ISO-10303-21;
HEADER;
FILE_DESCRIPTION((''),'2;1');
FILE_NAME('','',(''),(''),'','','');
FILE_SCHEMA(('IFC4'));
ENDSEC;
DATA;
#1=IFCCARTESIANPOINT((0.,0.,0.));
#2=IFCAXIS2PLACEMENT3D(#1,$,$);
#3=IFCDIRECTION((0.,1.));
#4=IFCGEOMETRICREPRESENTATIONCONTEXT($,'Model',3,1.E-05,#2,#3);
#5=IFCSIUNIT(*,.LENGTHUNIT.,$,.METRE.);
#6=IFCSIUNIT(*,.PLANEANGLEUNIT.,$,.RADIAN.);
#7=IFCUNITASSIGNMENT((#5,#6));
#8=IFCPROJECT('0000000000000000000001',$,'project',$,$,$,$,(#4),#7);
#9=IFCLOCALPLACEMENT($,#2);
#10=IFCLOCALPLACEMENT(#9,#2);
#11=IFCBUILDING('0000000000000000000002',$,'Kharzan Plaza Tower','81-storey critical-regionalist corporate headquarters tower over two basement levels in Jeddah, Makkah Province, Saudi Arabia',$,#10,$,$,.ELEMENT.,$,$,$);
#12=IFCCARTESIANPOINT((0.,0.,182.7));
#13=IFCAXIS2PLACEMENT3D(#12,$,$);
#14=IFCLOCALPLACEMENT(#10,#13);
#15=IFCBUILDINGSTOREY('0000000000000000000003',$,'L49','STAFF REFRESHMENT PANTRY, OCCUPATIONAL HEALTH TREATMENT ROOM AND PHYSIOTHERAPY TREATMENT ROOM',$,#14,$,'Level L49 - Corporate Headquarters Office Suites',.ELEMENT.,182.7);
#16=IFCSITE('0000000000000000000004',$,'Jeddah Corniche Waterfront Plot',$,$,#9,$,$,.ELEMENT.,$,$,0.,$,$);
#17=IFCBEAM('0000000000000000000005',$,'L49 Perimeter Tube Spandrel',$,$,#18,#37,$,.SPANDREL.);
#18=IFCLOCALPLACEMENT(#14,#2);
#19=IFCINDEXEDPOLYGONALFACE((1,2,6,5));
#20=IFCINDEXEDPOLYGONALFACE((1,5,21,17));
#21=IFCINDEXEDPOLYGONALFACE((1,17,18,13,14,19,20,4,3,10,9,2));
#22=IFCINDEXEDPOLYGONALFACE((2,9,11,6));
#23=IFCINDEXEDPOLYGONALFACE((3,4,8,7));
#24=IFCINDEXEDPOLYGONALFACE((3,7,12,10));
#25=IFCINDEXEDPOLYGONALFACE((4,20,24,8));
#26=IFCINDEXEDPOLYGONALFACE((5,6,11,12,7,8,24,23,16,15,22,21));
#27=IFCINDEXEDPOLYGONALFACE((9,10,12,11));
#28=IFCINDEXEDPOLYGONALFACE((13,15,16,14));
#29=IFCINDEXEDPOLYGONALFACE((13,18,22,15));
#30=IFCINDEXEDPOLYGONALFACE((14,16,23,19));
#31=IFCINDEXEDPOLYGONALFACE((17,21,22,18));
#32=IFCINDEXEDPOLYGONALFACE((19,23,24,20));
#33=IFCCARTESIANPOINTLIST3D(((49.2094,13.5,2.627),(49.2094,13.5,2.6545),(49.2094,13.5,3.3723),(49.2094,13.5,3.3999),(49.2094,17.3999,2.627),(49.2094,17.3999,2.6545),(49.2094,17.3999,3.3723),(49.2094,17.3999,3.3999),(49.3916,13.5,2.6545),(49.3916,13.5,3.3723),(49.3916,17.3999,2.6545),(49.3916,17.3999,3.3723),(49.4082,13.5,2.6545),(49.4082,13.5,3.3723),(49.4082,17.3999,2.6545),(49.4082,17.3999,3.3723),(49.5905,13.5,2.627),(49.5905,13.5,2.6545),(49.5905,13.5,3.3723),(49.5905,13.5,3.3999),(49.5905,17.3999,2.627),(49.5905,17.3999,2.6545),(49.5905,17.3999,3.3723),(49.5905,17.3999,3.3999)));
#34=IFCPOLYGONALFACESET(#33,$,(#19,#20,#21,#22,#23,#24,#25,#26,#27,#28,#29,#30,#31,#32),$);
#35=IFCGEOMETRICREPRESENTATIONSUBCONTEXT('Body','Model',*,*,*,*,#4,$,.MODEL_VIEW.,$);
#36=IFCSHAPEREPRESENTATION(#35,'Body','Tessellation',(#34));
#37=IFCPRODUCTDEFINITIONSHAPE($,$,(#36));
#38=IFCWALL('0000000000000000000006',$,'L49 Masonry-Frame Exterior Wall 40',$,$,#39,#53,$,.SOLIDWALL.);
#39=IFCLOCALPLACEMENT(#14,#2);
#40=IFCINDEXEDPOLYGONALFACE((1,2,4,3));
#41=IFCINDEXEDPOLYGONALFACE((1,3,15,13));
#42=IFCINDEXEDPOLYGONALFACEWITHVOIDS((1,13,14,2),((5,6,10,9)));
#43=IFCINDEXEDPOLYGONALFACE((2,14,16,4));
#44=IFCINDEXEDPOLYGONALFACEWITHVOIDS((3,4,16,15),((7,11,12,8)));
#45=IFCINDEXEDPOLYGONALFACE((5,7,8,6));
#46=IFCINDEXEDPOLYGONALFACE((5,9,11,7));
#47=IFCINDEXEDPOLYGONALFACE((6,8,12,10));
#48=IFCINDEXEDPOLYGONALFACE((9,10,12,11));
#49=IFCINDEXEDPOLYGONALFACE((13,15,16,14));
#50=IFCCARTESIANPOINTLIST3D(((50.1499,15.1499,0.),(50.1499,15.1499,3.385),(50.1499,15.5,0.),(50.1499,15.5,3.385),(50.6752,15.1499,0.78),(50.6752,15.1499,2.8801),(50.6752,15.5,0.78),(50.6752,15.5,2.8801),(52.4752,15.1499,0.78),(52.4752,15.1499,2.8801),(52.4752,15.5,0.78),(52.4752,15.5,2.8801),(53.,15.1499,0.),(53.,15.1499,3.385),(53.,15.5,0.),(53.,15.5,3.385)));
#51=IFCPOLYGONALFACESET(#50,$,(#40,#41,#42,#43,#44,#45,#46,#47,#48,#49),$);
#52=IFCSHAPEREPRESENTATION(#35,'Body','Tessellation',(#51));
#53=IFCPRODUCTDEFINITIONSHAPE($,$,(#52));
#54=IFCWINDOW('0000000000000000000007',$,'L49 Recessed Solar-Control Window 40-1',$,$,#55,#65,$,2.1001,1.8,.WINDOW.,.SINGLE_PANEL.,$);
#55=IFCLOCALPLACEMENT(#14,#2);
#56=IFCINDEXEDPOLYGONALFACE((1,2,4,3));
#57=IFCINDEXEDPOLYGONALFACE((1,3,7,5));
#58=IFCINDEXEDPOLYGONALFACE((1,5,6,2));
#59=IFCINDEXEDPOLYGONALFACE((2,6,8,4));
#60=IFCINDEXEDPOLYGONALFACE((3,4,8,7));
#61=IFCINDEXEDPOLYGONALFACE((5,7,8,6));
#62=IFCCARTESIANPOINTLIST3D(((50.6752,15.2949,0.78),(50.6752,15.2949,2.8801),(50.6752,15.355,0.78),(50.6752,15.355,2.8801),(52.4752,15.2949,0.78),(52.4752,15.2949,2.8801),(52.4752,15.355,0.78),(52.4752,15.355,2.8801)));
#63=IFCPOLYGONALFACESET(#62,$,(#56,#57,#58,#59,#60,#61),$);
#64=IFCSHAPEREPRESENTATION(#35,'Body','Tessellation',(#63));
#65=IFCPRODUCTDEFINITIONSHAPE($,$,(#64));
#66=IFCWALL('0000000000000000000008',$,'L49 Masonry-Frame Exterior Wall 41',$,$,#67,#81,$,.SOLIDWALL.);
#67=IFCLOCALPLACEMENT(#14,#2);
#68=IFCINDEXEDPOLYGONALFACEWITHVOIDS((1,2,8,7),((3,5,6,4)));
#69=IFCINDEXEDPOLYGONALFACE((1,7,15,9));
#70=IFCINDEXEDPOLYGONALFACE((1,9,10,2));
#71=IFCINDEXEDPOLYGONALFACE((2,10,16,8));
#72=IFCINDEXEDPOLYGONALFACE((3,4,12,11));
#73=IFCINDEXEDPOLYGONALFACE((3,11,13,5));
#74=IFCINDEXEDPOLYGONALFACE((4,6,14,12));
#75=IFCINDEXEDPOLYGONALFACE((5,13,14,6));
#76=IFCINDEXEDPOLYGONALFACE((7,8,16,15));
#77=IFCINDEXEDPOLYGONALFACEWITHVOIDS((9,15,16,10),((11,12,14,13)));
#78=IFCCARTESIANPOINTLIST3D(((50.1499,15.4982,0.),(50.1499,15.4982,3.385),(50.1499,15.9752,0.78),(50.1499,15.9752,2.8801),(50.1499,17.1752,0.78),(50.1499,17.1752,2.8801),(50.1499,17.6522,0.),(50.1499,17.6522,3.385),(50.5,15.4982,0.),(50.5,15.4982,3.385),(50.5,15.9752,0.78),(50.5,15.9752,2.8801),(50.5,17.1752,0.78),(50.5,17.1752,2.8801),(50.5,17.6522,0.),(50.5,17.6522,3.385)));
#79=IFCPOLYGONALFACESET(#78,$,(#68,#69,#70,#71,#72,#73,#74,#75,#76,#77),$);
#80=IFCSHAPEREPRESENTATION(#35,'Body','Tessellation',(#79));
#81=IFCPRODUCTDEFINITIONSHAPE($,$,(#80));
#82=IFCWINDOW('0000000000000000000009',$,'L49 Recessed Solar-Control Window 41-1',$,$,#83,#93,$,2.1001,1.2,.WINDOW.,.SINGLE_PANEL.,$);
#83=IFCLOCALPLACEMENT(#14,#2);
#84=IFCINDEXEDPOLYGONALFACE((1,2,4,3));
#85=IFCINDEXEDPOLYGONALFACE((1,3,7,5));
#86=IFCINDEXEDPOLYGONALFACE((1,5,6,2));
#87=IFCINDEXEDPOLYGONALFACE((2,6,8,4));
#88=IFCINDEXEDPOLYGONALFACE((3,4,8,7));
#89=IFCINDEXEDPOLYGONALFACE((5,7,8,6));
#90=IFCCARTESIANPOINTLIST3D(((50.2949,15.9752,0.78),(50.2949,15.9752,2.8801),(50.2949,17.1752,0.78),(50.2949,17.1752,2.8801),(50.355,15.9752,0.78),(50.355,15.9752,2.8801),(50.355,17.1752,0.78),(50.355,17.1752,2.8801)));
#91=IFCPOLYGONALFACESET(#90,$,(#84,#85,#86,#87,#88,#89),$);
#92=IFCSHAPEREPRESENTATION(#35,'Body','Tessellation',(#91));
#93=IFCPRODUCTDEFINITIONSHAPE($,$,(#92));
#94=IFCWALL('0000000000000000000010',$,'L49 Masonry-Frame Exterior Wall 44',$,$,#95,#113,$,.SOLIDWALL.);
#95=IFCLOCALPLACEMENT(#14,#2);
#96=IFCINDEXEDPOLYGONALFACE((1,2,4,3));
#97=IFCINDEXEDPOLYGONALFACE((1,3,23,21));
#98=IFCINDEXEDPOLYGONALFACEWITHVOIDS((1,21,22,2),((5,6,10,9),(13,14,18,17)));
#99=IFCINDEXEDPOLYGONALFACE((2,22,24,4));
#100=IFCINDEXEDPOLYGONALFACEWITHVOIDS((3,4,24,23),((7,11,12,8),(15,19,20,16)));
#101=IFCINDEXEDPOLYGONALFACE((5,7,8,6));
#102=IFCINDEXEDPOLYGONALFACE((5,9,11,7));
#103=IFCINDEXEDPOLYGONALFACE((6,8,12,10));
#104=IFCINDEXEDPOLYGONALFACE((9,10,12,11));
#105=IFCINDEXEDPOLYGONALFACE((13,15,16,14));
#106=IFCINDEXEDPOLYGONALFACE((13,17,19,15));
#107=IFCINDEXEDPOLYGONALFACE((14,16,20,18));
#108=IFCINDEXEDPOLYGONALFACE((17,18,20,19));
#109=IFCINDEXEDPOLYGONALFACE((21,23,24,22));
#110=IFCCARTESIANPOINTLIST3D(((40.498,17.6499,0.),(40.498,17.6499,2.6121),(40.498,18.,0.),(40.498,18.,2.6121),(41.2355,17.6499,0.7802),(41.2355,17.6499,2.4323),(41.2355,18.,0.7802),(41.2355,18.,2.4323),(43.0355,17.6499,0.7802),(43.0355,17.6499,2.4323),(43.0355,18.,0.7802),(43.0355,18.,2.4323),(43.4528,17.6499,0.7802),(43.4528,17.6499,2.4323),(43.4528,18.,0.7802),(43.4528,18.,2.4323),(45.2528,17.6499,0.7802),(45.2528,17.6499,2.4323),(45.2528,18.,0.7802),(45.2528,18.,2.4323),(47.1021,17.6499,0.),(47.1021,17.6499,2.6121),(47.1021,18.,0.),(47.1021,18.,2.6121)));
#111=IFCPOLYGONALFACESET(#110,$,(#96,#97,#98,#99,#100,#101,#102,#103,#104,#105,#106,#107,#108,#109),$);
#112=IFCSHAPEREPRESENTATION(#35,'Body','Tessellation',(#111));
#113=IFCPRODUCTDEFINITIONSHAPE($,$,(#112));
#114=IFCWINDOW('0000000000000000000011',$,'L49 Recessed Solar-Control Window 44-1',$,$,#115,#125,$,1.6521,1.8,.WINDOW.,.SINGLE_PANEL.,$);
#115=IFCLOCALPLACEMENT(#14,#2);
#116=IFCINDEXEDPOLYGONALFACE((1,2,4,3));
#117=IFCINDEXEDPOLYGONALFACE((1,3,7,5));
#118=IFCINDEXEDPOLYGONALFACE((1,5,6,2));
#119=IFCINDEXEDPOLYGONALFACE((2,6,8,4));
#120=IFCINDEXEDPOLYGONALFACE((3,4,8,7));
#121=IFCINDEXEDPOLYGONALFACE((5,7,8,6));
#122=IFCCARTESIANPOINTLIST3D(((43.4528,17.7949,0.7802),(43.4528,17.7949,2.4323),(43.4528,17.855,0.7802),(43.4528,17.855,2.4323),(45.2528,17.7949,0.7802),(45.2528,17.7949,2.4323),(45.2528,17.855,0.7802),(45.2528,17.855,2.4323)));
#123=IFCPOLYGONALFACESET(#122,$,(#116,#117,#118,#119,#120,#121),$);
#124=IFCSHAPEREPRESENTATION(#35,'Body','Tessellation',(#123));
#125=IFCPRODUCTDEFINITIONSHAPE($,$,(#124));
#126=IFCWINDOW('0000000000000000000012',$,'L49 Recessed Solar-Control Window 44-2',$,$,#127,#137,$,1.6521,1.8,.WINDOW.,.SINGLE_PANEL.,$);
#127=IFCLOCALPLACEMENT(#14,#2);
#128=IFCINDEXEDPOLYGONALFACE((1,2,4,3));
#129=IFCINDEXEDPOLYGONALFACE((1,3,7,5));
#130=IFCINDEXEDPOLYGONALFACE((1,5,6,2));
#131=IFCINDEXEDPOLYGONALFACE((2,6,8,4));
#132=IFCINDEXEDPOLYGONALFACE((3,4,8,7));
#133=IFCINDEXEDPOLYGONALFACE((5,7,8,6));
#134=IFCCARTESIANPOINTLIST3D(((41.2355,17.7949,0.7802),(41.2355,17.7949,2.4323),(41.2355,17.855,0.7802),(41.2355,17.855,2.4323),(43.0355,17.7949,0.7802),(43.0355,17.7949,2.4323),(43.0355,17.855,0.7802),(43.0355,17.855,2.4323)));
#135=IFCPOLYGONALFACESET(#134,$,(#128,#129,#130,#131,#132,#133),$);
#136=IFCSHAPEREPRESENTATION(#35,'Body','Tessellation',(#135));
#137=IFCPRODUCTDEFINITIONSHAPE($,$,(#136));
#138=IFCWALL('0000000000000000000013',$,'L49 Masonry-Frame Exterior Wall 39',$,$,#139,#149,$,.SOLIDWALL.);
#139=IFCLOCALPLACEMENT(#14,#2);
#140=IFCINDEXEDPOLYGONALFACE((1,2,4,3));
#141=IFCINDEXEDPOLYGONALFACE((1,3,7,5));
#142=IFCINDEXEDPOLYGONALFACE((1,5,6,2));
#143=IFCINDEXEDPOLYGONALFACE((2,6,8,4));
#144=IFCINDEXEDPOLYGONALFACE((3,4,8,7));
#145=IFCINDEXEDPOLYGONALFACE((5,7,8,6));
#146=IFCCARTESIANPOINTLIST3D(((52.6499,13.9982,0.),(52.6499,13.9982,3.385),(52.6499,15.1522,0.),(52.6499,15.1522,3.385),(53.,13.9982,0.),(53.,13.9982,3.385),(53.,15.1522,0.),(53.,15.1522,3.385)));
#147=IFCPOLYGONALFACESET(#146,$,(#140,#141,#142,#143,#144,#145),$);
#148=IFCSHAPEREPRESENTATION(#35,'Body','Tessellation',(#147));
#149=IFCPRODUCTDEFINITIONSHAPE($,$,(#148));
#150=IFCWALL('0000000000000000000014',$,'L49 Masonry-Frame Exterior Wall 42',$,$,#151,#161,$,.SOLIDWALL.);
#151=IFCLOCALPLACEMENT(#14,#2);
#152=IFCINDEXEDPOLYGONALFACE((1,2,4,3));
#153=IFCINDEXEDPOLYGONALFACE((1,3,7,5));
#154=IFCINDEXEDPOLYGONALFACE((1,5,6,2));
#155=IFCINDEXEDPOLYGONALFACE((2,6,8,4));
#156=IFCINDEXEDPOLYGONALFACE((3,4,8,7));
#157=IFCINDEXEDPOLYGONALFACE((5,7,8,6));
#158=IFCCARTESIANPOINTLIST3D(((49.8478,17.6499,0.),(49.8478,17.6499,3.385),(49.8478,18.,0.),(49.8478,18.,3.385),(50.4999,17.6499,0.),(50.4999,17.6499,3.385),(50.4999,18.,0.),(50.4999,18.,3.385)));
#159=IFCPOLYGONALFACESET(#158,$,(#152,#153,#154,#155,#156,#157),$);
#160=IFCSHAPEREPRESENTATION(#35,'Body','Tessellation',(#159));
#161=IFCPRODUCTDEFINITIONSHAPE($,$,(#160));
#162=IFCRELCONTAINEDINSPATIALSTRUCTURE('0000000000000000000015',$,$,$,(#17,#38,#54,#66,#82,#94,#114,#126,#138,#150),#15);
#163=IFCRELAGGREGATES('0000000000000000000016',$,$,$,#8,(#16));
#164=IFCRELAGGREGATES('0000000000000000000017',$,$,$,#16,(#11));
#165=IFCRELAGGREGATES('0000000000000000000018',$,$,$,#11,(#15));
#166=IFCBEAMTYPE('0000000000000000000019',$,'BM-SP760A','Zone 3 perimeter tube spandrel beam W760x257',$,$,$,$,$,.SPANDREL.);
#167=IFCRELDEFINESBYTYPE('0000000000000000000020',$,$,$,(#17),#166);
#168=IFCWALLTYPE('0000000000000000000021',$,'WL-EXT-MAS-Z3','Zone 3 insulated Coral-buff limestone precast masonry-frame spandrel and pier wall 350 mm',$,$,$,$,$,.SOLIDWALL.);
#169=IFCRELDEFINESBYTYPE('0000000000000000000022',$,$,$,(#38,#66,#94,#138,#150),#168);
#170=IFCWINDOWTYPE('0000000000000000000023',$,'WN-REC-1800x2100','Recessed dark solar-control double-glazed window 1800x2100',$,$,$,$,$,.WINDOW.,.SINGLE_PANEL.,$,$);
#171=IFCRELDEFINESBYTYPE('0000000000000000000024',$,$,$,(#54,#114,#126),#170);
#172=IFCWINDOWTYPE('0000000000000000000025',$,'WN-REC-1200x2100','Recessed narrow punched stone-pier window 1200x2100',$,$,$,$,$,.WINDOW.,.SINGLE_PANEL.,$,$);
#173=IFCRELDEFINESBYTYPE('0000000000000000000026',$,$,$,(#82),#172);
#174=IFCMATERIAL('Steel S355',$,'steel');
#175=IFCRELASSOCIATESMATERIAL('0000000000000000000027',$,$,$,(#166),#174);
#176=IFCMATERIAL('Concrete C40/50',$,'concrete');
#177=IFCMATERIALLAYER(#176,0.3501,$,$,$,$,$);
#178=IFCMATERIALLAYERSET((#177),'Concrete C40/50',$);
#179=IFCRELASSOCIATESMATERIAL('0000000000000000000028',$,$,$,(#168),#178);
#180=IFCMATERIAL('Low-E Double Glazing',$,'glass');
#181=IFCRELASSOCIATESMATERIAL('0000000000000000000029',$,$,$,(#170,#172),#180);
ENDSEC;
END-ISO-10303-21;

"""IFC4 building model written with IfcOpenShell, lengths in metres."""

from ifc_helpers import new_model, si_unit, direction, frame, frame_2d, origin, origin_2d, place, context, subcontext, project, spatial, rectangle, i_section, extrude, source, transform, mapped, material, layer, layer_set, material_profile, profile_set, type_object, element, fill, save


model = new_model("IFC4")

# Units and contexts
model_context = context("Model", 3, precision=1e-05, world=origin(), true_north=direction((0.0, 1.0)))
body_context = subcontext(model_context, "Body", "Model", "MODEL_VIEW")
ifc_project = project(units=[si_unit("LENGTHUNIT", "METRE"), si_unit("PLANEANGLEUNIT", "RADIAN")], contexts=[model_context])

# Site, building, storey
site_placement = place(None, origin())
site = spatial("IfcSite", under=ifc_project, at=site_placement, Name="Jeddah Corniche Waterfront Plot", CompositionType="ELEMENT", RefElevation=0.0)
building_placement = place(site_placement, origin())
building = spatial("IfcBuilding", under=site, at=building_placement, Name="Kharzan Plaza Tower", Description="81-storey critical-regionalist corporate headquarters tower over two basement levels in Jeddah, Makkah Province, Saudi Arabia", CompositionType="ELEMENT")
storey_placement = place(building_placement, frame((0.0, 0.0, 182.7)))
storey = spatial("IfcBuildingStorey", under=building, at=storey_placement, Name="L49", Description="STAFF REFRESHMENT PANTRY, OCCUPATIONAL HEALTH TREATMENT ROOM AND PHYSIOTHERAPY TREATMENT ROOM", LongName="Level L49 - Corporate Headquarters Office Suites", CompositionType="ELEMENT", Elevation=182.7)

# Beam
ifc_material_1 = material(Name="Steel S355", Category="steel")
ifc_material_profile_1 = material_profile(ifc_material_1, i_section(OverallWidth=0.3811, OverallDepth=0.7729, WebThickness=0.0166, FlangeThickness=0.0276, at=origin_2d()), Name="W760x257")
ifc_profile_set_1 = profile_set([ifc_material_profile_1], Name="Steel S355")
beam_type_1 = type_object("IfcBeamType", Name="BM-SP760A", Description="Zone 3 perimeter tube spandrel beam W760x257", PredefinedType="SPANDREL", material=ifc_profile_set_1)
shared_shape_1 = source(origin(), body_context, "Body", "SweptSolid", [
    extrude(i_section(OverallWidth=0.3811, OverallDepth=0.7729, WebThickness=0.0166, FlangeThickness=0.0276, at=origin_2d()), origin(), (0.0, 0.0, 1.0), 3.8999),
])
beam_1_placement = place(storey_placement, frame((49.3999, 13.5, 3.0134), z_axis=(0.0, 1.0, 0.0), x_axis=(-1.0, 0.0, 0.0)))
element("IfcBeam", 1, at=beam_1_placement, inside=storey, type_object=beam_type_1, Name="L49 Perimeter Tube Spandrel", PredefinedType="SPANDREL", context=body_context, shape_type="MappedRepresentation", body=[
    mapped(shared_shape_1, transform((0.0, 0.0, 0.0), x_axis=(1.0, 0.0, 0.0), y_axis=(0.0, 1.0, 0.0), z_axis=(0.0, 0.0, 1.0))),
])

# Walls, openings, windows
ifc_material_2 = material(Name="Concrete C40/50", Category="concrete")
ifc_layer_1 = layer(ifc_material_2, 0.3501)
ifc_layer_set_1 = layer_set([ifc_layer_1], Name="Concrete C40/50")
wall_type_1 = type_object("IfcWallType", Name="WL-EXT-MAS-Z3", Description="Zone 3 insulated Coral-buff limestone precast masonry-frame spandrel and pier wall 350 mm", PredefinedType="SOLIDWALL", material=ifc_layer_set_1)
wall_1_placement = place(storey_placement, frame((53.0, 15.325, 0.0), z_axis=(0.0, 0.0, 1.0), x_axis=(-1.0, 0.0, 0.0)))
wall_1 = element("IfcWall", 2, at=wall_1_placement, inside=storey, type_object=wall_type_1, Name="L49 Masonry-Frame Exterior Wall 40", PredefinedType="SOLIDWALL", context=body_context, shape_type="SweptSolid", body=[
    extrude(rectangle(XDim=2.8501, YDim=0.3501, at=frame_2d((1.425, 0.0))), origin(), (0.0, 0.0, 1.0), 3.385),
])
opening_1_placement = place(wall_1_placement, frame((0.5249, 0.0, 0.78)))
opening_1 = element("IfcOpeningElement", 3, at=opening_1_placement, cuts=wall_1, PredefinedType="OPENING", context=body_context, shape_type="SweptSolid", body=[
    extrude(rectangle(XDim=1.8, YDim=2.1001, at=frame_2d((0.8999, 1.05))), frame((0.0, 0.1851, 0.0), z_axis=(0.0, -1.0, 0.0), x_axis=(1.0, 0.0, 0.0)), (0.0, 0.0, 1.0), 0.3701),
])
ifc_material_3 = material(Name="Low-E Double Glazing", Category="glass")
window_type_1 = type_object("IfcWindowType", Name="WN-REC-1800x2100", Description="Recessed dark solar-control double-glazed window 1800x2100", PartitioningType="SINGLE_PANEL", PredefinedType="WINDOW", material=ifc_material_3)
shared_shape_2 = source(origin(), body_context, "Body", "SweptSolid", [
    extrude(rectangle(XDim=1.8, YDim=2.1001, at=frame_2d((0.8999, 1.05))), frame((0.0, 0.03, 0.0), z_axis=(0.0, -1.0, 0.0), x_axis=(1.0, 0.0, 0.0)), (0.0, 0.0, 1.0), 0.0601),
])
window_1_placement = place(opening_1_placement, origin())
window_1 = element("IfcWindow", 4, at=window_1_placement, inside=storey, type_object=window_type_1, Name="L49 Recessed Solar-Control Window 40-1", OverallHeight=2.1001, OverallWidth=1.8, PartitioningType="SINGLE_PANEL", PredefinedType="WINDOW", context=body_context, shape_type="MappedRepresentation", body=[
    mapped(shared_shape_2, transform((0.0, 0.0, 0.0), x_axis=(1.0, 0.0, 0.0), y_axis=(0.0, 1.0, 0.0), z_axis=(0.0, 0.0, 1.0))),
])
fill(opening_1, window_1)
wall_2_placement = place(storey_placement, frame((50.325, 15.498, 0.0), z_axis=(0.0, 0.0, 1.0), x_axis=(0.0, 1.0, 0.0)))
wall_2 = element("IfcWall", 5, at=wall_2_placement, inside=storey, type_object=wall_type_1, Name="L49 Masonry-Frame Exterior Wall 41", PredefinedType="SOLIDWALL", context=body_context, shape_type="SweptSolid", body=[
    extrude(rectangle(XDim=2.1541, YDim=0.3501, at=frame_2d((1.0771, 0.0))), origin(), (0.0, 0.0, 1.0), 3.385),
])
opening_2_placement = place(wall_2_placement, frame((0.4771, 0.0, 0.78)))
opening_2 = element("IfcOpeningElement", 6, at=opening_2_placement, cuts=wall_2, PredefinedType="OPENING", context=body_context, shape_type="SweptSolid", body=[
    extrude(rectangle(XDim=1.2, YDim=2.1001, at=frame_2d((0.6001, 1.05))), frame((0.0, 0.1851, 0.0), z_axis=(0.0, -1.0, 0.0), x_axis=(1.0, 0.0, 0.0)), (0.0, 0.0, 1.0), 0.3701),
])
window_type_2 = type_object("IfcWindowType", Name="WN-REC-1200x2100", Description="Recessed narrow punched stone-pier window 1200x2100", PartitioningType="SINGLE_PANEL", PredefinedType="WINDOW", material=ifc_material_3)
shared_shape_3 = source(origin(), body_context, "Body", "SweptSolid", [
    extrude(rectangle(XDim=1.2, YDim=2.1001, at=frame_2d((0.6001, 1.05))), frame((0.0, 0.03, 0.0), z_axis=(0.0, -1.0, 0.0), x_axis=(1.0, 0.0, 0.0)), (0.0, 0.0, 1.0), 0.0601),
])
window_2_placement = place(opening_2_placement, origin())
window_2 = element("IfcWindow", 7, at=window_2_placement, inside=storey, type_object=window_type_2, Name="L49 Recessed Solar-Control Window 41-1", OverallHeight=2.1001, OverallWidth=1.2, PartitioningType="SINGLE_PANEL", PredefinedType="WINDOW", context=body_context, shape_type="MappedRepresentation", body=[
    mapped(shared_shape_3, transform((0.0, 0.0, 0.0), x_axis=(1.0, 0.0, 0.0), y_axis=(0.0, 1.0, 0.0), z_axis=(0.0, 0.0, 1.0))),
])
fill(opening_2, window_2)

# Wall, openings, windows
wall_3_placement = place(storey_placement, frame((47.1021, 17.825, 0.0), z_axis=(0.0, 0.0, 1.0), x_axis=(-1.0, 0.0, 0.0)))
wall_3 = element("IfcWall", 8, at=wall_3_placement, inside=storey, type_object=wall_type_1, Name="L49 Masonry-Frame Exterior Wall 44", PredefinedType="SOLIDWALL", context=body_context, shape_type="SweptSolid", body=[
    extrude(rectangle(XDim=6.604, YDim=0.3501, at=frame_2d((3.302, 0.0))), origin(), (0.0, 0.0, 1.0), 2.6121),
])
opening_3_placement = place(wall_3_placement, frame((1.8494, 0.0, 0.78)))
opening_3 = element("IfcOpeningElement", 9, at=opening_3_placement, cuts=wall_3, PredefinedType="OPENING", context=body_context, shape_type="SweptSolid", body=[
    extrude(rectangle(XDim=1.8, YDim=1.6521, at=frame_2d((0.8999, 0.8262))), frame((0.0, 0.1851, 0.0), z_axis=(0.0, -1.0, 0.0), x_axis=(1.0, 0.0, 0.0)), (0.0, 0.0, 1.0), 0.3701),
])
opening_4_placement = place(wall_3_placement, frame((4.0667, 0.0, 0.78)))
opening_4 = element("IfcOpeningElement", 10, at=opening_4_placement, cuts=wall_3, PredefinedType="OPENING", context=body_context, shape_type="SweptSolid", body=[
    extrude(rectangle(XDim=1.8, YDim=1.6521, at=frame_2d((0.8999, 0.8262))), frame((0.0, 0.1851, 0.0), z_axis=(0.0, -1.0, 0.0), x_axis=(1.0, 0.0, 0.0)), (0.0, 0.0, 1.0), 0.3701),
])
shared_shape_4 = source(origin(), body_context, "Body", "SweptSolid", [
    extrude(rectangle(XDim=1.8, YDim=1.6521, at=frame_2d((0.8999, 0.8262))), frame((0.0, 0.03, 0.0), z_axis=(0.0, -1.0, 0.0), x_axis=(1.0, 0.0, 0.0)), (0.0, 0.0, 1.0), 0.0601),
])
window_3_placement = place(opening_3_placement, origin())
window_3 = element("IfcWindow", 11, at=window_3_placement, inside=storey, type_object=window_type_1, Name="L49 Recessed Solar-Control Window 44-1", OverallHeight=1.6521, OverallWidth=1.8, PartitioningType="SINGLE_PANEL", PredefinedType="WINDOW", context=body_context, shape_type="MappedRepresentation", body=[
    mapped(shared_shape_4, transform((0.0, 0.0, 0.0), x_axis=(1.0, 0.0, 0.0), y_axis=(0.0, 1.0, 0.0), z_axis=(0.0, 0.0, 1.0))),
])
fill(opening_3, window_3)
window_4_placement = place(opening_4_placement, origin())
window_4 = element("IfcWindow", 12, at=window_4_placement, inside=storey, type_object=window_type_1, Name="L49 Recessed Solar-Control Window 44-2", OverallHeight=1.6521, OverallWidth=1.8, PartitioningType="SINGLE_PANEL", PredefinedType="WINDOW", context=body_context, shape_type="MappedRepresentation", body=[
    mapped(shared_shape_4, transform((0.0, 0.0, 0.0), x_axis=(1.0, 0.0, 0.0), y_axis=(0.0, 1.0, 0.0), z_axis=(0.0, 0.0, 1.0))),
])
fill(opening_4, window_4)

# Walls
shared_shape_5 = source(origin(), body_context, "Body", "SweptSolid", [
    extrude(rectangle(XDim=1.1541, YDim=0.3501, at=frame_2d((0.5771, 0.0))), origin(), (0.0, 0.0, 1.0), 3.385),
])
wall_4_placement = place(storey_placement, frame((52.825, 13.998, 0.0), z_axis=(0.0, 0.0, 1.0), x_axis=(0.0, 1.0, 0.0)))
element("IfcWall", 13, at=wall_4_placement, inside=storey, type_object=wall_type_1, Name="L49 Masonry-Frame Exterior Wall 39", PredefinedType="SOLIDWALL", context=body_context, shape_type="MappedRepresentation", body=[
    mapped(shared_shape_5, transform((0.0, 0.0, 0.0), x_axis=(1.0, 0.0, 0.0), y_axis=(0.0, 1.0, 0.0), z_axis=(0.0, 0.0, 1.0))),
])
shared_shape_6 = source(origin(), body_context, "Body", "SweptSolid", [
    extrude(rectangle(XDim=0.6521, YDim=0.3501, at=frame_2d((0.3262, 0.0))), origin(), (0.0, 0.0, 1.0), 3.385),
])
wall_5_placement = place(storey_placement, frame((50.5, 17.825, 0.0), z_axis=(0.0, 0.0, 1.0), x_axis=(-1.0, 0.0, 0.0)))
element("IfcWall", 14, at=wall_5_placement, inside=storey, type_object=wall_type_1, Name="L49 Masonry-Frame Exterior Wall 42", PredefinedType="SOLIDWALL", context=body_context, shape_type="MappedRepresentation", body=[
    mapped(shared_shape_6, transform((0.0, 0.0, 0.0), x_axis=(1.0, 0.0, 0.0), y_axis=(0.0, 1.0, 0.0), z_axis=(0.0, 0.0, 1.0))),
])

save(model, "model.ifc")
